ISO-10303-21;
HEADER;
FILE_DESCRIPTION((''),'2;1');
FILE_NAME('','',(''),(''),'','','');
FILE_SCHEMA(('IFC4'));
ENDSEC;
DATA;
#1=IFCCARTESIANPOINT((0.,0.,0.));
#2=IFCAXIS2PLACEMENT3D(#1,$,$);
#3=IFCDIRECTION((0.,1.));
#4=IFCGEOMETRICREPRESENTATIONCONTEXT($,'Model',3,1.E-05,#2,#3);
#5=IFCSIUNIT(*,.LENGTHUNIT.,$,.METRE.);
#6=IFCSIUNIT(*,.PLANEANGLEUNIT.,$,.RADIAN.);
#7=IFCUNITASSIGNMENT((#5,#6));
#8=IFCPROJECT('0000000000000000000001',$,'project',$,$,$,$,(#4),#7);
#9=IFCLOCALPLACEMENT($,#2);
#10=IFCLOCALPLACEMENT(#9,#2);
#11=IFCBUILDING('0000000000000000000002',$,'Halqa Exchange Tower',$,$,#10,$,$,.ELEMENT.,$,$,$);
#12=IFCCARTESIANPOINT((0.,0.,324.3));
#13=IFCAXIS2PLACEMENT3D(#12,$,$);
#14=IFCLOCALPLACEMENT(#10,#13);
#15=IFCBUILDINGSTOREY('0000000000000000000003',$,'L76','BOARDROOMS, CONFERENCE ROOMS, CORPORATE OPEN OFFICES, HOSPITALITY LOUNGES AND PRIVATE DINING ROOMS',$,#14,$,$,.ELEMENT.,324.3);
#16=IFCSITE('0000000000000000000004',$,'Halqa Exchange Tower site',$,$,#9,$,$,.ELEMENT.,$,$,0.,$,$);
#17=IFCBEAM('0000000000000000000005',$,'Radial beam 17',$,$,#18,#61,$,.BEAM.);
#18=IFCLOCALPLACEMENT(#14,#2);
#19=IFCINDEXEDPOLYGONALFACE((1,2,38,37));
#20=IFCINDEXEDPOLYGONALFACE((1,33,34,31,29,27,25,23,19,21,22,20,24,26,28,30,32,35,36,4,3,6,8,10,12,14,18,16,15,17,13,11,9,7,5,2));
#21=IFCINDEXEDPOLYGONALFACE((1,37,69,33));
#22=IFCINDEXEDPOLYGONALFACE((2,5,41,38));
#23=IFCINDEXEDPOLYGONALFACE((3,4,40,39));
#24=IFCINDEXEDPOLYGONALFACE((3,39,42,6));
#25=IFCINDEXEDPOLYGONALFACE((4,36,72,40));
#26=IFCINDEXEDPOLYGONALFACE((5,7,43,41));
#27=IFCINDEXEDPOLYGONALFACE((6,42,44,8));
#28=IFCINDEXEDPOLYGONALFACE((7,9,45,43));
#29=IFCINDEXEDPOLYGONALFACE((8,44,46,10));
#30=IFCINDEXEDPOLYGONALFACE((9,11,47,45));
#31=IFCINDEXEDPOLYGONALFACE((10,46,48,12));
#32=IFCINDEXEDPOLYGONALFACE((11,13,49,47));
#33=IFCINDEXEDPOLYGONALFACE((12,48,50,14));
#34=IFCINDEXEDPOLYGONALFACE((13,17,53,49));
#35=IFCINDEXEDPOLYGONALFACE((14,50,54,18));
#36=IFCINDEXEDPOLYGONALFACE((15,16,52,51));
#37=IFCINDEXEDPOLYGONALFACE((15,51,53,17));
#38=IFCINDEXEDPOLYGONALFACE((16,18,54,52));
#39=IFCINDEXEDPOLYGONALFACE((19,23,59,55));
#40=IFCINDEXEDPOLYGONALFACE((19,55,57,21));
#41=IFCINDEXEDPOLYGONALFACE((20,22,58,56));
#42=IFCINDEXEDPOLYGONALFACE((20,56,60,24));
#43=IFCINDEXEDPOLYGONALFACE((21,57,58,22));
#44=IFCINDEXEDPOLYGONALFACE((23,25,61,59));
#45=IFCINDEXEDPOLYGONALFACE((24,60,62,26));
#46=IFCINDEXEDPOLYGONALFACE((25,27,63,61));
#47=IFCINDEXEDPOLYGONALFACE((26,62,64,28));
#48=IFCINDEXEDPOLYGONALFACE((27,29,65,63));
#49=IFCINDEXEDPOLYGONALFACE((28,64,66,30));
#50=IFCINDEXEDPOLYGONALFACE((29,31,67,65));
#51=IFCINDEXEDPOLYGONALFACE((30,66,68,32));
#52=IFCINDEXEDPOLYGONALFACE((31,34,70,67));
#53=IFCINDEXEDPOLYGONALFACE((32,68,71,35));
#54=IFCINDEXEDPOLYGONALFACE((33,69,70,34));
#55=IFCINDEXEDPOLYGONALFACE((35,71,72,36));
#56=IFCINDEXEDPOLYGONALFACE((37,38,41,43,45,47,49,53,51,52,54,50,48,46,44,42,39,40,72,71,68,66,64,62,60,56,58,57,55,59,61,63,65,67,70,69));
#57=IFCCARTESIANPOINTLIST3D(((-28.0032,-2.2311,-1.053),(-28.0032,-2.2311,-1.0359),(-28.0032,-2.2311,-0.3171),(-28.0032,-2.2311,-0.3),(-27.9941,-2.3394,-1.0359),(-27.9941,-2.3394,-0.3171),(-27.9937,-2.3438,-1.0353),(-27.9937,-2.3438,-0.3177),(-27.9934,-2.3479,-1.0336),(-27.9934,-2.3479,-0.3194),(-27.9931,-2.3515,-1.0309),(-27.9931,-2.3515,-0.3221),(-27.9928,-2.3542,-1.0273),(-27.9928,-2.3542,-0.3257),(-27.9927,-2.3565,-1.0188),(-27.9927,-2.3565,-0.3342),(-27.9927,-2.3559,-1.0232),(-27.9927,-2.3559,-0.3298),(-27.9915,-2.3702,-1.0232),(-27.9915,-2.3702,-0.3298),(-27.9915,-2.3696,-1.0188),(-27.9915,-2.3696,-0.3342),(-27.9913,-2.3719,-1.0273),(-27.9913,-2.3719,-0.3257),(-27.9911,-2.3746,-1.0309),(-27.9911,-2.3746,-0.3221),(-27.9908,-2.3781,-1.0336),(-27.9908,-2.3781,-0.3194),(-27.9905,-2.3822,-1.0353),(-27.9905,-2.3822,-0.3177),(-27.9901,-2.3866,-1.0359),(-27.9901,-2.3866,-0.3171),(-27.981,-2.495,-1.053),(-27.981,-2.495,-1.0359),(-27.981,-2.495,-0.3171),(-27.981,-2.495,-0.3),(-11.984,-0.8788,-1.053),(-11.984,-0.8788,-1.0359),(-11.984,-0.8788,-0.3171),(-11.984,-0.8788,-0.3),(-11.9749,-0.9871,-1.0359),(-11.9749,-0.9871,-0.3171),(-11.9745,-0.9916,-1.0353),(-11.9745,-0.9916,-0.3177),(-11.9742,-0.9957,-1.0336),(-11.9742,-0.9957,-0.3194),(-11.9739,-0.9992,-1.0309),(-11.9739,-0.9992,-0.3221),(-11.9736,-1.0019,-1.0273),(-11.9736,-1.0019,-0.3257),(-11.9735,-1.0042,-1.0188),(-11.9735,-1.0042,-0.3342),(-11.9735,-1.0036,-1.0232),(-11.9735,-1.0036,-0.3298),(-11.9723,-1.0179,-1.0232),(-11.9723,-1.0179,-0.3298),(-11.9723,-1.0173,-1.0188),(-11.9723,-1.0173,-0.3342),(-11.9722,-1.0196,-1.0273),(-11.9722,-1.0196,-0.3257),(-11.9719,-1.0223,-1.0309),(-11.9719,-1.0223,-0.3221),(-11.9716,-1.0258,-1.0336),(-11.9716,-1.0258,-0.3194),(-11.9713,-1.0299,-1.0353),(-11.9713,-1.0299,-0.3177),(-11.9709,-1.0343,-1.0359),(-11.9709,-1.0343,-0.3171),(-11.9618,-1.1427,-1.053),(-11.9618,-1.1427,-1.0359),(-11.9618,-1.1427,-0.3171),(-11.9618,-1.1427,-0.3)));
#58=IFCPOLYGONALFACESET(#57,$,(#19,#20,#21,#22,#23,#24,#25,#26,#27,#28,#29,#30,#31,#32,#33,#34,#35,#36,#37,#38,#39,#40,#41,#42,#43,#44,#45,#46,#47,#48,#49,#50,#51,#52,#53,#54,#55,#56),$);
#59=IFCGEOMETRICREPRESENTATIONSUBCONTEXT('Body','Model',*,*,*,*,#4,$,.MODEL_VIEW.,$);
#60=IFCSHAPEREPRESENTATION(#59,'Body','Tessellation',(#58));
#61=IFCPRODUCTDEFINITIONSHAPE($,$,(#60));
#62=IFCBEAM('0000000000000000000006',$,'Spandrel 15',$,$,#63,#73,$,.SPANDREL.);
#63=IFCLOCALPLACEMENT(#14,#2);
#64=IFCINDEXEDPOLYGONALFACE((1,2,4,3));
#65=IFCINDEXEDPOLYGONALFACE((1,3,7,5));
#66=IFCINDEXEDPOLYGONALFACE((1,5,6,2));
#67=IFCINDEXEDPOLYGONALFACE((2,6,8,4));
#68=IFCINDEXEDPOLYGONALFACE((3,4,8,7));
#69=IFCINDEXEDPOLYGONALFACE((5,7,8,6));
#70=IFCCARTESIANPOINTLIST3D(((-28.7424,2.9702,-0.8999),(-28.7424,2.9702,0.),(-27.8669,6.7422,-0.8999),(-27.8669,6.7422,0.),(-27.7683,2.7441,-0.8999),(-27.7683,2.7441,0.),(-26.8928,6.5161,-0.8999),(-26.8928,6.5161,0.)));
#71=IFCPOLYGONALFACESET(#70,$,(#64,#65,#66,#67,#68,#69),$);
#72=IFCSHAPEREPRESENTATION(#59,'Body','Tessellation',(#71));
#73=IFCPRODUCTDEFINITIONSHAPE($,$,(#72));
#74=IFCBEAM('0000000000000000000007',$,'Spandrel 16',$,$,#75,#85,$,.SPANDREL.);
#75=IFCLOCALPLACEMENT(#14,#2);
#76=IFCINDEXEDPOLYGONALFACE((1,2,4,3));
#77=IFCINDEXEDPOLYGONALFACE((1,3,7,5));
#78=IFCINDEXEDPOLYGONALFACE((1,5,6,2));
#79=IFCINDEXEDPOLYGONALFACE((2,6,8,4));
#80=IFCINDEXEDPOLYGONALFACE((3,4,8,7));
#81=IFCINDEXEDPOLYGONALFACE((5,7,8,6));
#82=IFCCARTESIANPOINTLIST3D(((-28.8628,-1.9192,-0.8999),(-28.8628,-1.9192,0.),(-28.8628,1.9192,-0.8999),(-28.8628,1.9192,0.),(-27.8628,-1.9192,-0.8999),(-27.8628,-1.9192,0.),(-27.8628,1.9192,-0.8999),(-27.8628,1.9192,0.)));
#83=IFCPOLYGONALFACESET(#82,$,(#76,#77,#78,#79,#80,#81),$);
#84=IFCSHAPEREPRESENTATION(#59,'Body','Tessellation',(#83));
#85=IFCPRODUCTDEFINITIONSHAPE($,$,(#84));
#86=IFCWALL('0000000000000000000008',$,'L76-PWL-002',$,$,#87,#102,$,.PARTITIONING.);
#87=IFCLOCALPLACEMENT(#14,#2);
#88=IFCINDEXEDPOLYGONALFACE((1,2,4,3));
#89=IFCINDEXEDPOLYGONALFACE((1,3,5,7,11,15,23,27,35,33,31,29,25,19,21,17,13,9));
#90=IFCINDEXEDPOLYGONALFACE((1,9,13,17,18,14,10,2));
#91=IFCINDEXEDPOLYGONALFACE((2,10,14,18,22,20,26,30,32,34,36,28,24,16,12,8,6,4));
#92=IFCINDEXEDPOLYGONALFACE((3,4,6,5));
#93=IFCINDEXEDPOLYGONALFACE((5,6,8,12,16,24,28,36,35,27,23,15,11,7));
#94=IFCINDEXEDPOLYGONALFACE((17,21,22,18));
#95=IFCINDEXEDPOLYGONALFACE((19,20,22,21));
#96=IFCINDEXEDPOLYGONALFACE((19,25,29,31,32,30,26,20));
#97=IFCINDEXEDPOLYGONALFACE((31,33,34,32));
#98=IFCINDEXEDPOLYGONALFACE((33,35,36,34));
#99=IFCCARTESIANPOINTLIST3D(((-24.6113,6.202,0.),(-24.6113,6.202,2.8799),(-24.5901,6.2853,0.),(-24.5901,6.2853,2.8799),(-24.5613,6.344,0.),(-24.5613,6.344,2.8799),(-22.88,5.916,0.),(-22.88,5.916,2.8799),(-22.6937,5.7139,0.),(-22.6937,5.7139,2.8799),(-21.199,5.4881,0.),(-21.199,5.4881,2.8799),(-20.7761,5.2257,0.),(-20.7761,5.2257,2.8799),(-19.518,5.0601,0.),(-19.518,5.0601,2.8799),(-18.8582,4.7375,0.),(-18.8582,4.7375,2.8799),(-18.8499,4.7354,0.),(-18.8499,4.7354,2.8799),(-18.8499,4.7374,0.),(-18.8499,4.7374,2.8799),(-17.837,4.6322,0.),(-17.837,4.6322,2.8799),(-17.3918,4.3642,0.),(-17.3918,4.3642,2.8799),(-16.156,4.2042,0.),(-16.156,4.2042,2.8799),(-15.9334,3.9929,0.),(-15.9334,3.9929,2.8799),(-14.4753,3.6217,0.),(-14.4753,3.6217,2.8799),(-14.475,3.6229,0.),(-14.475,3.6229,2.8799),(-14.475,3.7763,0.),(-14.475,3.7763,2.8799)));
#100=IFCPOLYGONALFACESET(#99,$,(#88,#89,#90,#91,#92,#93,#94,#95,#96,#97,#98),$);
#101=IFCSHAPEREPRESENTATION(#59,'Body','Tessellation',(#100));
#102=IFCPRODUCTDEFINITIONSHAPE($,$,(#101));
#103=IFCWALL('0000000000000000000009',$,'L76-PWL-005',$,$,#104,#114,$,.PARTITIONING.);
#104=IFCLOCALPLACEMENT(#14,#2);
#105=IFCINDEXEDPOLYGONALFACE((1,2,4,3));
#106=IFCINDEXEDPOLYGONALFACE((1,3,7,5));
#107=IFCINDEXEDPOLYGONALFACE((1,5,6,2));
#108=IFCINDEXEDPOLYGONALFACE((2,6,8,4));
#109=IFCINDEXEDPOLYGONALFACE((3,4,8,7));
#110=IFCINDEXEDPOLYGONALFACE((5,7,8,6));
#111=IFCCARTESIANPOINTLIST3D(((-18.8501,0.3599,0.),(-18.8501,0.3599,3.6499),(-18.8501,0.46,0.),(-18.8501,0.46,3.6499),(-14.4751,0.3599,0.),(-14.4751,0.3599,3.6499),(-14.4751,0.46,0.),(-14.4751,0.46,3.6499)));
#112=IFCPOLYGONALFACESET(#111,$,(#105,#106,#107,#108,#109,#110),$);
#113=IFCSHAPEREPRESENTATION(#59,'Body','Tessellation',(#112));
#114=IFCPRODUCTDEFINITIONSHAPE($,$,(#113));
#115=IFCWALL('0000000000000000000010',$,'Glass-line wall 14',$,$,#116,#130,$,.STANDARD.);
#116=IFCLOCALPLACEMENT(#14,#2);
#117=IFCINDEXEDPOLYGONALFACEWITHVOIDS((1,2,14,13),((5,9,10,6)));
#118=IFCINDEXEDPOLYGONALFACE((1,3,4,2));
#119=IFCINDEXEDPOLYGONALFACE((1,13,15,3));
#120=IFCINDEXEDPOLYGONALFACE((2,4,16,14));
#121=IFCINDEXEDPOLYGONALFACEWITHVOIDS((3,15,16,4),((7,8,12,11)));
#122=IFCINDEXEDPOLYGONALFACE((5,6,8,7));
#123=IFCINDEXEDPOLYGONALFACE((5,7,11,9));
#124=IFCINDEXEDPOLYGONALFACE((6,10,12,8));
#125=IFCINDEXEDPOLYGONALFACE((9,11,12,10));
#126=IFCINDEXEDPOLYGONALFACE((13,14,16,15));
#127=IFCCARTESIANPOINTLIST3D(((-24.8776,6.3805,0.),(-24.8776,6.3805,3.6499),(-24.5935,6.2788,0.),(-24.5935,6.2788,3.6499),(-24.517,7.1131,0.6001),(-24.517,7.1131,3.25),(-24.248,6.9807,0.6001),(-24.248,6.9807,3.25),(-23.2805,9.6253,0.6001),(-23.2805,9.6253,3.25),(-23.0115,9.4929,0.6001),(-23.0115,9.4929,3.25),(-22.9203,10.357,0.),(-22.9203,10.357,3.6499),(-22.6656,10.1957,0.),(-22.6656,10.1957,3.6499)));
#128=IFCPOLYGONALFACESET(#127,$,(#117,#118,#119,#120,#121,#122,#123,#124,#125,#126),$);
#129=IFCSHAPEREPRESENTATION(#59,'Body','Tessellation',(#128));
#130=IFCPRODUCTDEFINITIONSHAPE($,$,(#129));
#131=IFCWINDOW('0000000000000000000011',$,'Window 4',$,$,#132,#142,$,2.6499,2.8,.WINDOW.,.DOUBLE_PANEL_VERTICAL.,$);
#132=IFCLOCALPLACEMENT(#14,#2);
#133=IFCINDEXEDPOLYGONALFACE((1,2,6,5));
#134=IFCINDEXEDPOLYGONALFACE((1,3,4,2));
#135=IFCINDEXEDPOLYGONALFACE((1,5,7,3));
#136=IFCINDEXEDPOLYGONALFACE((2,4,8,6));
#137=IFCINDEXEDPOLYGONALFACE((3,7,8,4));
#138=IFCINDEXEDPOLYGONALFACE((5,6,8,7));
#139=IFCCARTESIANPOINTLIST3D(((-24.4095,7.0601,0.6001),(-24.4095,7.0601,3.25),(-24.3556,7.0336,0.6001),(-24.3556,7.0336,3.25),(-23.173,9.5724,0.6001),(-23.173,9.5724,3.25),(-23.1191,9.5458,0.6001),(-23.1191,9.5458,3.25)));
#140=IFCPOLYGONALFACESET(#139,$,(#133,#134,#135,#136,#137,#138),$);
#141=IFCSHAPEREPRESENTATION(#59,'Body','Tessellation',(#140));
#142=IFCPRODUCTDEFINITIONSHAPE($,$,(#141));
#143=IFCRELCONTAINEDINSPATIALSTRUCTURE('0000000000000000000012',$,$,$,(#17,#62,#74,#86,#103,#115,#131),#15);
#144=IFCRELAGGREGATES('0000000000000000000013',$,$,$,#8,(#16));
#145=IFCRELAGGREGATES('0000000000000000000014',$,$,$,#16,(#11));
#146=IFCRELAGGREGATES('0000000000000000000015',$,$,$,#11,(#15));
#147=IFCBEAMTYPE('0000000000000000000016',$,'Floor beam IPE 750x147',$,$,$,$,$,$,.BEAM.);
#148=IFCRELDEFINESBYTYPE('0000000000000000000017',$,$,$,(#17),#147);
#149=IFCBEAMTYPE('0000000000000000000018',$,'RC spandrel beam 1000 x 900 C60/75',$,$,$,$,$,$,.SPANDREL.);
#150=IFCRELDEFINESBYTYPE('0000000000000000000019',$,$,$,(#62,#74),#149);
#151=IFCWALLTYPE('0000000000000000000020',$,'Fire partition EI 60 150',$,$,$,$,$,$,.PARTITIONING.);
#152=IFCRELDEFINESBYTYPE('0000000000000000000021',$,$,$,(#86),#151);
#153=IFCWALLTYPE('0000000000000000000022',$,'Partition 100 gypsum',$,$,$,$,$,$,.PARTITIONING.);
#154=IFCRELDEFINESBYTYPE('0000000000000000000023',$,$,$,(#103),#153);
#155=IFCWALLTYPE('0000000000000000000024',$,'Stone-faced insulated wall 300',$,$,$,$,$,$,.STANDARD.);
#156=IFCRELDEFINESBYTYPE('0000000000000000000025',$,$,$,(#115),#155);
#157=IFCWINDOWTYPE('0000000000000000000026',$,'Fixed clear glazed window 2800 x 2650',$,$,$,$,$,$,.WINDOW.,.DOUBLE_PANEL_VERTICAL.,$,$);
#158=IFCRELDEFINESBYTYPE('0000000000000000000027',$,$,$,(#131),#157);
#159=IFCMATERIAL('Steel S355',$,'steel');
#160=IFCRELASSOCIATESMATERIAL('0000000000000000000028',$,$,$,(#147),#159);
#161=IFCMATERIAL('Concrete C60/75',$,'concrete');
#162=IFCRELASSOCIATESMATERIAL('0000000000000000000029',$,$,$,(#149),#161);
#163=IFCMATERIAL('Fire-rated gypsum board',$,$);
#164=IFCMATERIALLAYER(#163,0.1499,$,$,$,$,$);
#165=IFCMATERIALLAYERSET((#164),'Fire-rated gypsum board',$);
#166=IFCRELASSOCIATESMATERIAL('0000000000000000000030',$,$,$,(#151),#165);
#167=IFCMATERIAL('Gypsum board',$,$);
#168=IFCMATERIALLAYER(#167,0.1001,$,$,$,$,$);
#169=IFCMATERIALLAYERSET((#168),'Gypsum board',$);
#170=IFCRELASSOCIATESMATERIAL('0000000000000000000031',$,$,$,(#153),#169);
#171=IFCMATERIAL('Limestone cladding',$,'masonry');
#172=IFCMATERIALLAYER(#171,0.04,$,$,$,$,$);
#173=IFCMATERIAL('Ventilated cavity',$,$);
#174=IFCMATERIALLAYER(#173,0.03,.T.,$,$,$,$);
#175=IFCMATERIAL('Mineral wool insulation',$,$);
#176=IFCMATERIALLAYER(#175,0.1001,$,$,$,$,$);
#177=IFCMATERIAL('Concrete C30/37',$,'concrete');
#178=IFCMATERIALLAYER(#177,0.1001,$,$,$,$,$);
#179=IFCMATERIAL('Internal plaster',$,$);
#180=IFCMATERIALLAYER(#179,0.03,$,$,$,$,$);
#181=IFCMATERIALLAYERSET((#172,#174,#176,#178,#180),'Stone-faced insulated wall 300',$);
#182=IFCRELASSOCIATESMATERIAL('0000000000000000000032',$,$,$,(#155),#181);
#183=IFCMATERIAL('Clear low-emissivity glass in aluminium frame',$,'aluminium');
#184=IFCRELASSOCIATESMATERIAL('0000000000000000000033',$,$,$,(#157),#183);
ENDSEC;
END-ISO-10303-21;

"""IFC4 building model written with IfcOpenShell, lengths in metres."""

from ifc_helpers import new_model, si_unit, direction, frame, frame_2d, origin, origin_2d, place, context, subcontext, project, spatial, polyline, rectangle, i_section, outline, extrude, material, layer, layer_set, material_profile, profile_set, type_object, element, fill, save


model = new_model("IFC4")

# Units and contexts
model_context = context("Model", 3, precision=1e-05, world=origin(), true_north=direction((0.0, 1.0)))
body_context = subcontext(model_context, "Body", "Model", "MODEL_VIEW")
ifc_project = project(units=[si_unit("LENGTHUNIT", "METRE"), si_unit("PLANEANGLEUNIT", "RADIAN")], contexts=[model_context])

# Site, building, storey
site_placement = place(None, origin())
site = spatial("IfcSite", under=ifc_project, at=site_placement, Name="Halqa Exchange Tower site", CompositionType="ELEMENT", RefElevation=0.0)
building_placement = place(site_placement, origin())
building = spatial("IfcBuilding", under=site, at=building_placement, Name="Halqa Exchange Tower", CompositionType="ELEMENT")
storey_placement = place(building_placement, frame((0.0, 0.0, 324.3)))
storey = spatial("IfcBuildingStorey", under=building, at=storey_placement, Name="L76", Description="BOARDROOMS, CONFERENCE ROOMS, CORPORATE OPEN OFFICES, HOSPITALITY LOUNGES AND PRIVATE DINING ROOMS", CompositionType="ELEMENT", Elevation=324.3)

# Beams
ifc_material_1 = material(Name="Steel S355", Category="steel")
ifc_material_profile_1 = material_profile(ifc_material_1, i_section(OverallWidth=0.2649, OverallDepth=0.7529, WebThickness=0.0132, FlangeThickness=0.0171, FilletRadius=0.0171, at=origin_2d()), Name="IPE 750x147")
ifc_profile_set_1 = profile_set([ifc_material_profile_1], Name="Steel S355")
beam_type_1 = type_object("IfcBeamType", Name="Floor beam IPE 750x147", PredefinedType="BEAM", material=ifc_profile_set_1)
for number, where, z_axis, x_axis, name in (
    (1, (-11.9729, -1.0107, -0.6765), (-0.996456, -0.084117, 0.0), (0.084117, -0.996456, 0.0), "Radial beam 17"),
):
    element("IfcBeam", number, at=place(storey_placement, frame(where, z_axis=z_axis, x_axis=x_axis)), inside=storey, type_object=beam_type_1, Name=name, PredefinedType="BEAM", context=body_context, shape_type="SweptSolid", body=[
        extrude(i_section(OverallWidth=0.2649, OverallDepth=0.7529, WebThickness=0.0132, FlangeThickness=0.0171, FilletRadius=0.0171, at=origin_2d()), origin(), (0.0, 0.0, 1.0), 16.0762),
    ])
ifc_material_2 = material(Name="Concrete C60/75", Category="concrete")
ifc_material_profile_2 = material_profile(ifc_material_2, rectangle(XDim=1.0, YDim=0.8999, at=origin_2d()), Name="1000 x 900")
ifc_profile_set_2 = profile_set([ifc_material_profile_2], Name="Concrete C60/75")
beam_type_2 = type_object("IfcBeamType", Name="RC spandrel beam 1000 x 900 C60/75", PredefinedType="SPANDREL", material=ifc_profile_set_2)
beam_1_placement = place(storey_placement, frame((-27.3799, 6.6292, -0.45), z_axis=(-0.226093, -0.974106, 0.0), x_axis=(0.974106, -0.226093, 0.0)))
element("IfcBeam", 2, at=beam_1_placement, inside=storey, type_object=beam_type_2, Name="Spandrel 15", PredefinedType="SPANDREL", context=body_context, shape_type="SweptSolid", body=[
    extrude(rectangle(XDim=1.0, YDim=0.8999, at=origin_2d()), origin(), (0.0, 0.0, 1.0), 3.8723),
])
beam_2_placement = place(storey_placement, frame((-28.3628, 1.9192, -0.45), z_axis=(0.0, -1.0, 0.0), x_axis=(1.0, 0.0, 0.0)))
element("IfcBeam", 3, at=beam_2_placement, inside=storey, type_object=beam_type_2, Name="Spandrel 16", PredefinedType="SPANDREL", context=body_context, shape_type="SweptSolid", body=[
    extrude(rectangle(XDim=1.0, YDim=0.8999, at=origin_2d()), origin(), (0.0, 0.0, 1.0), 3.8384),
])

# Walls
ifc_material_3 = material(Name="Fire-rated gypsum board")
ifc_layer_1 = layer(ifc_material_3, 0.1499)
ifc_layer_set_1 = layer_set([ifc_layer_1], Name="Fire-rated gypsum board")
wall_type_1 = type_object("IfcWallType", Name="Fire partition EI 60 150", PredefinedType="PARTITIONING", material=ifc_layer_set_1)
wall_1_placement = place(storey_placement, frame((-24.5928, 6.2747, 0.0), z_axis=(0.0, 0.0, 1.0), x_axis=(0.969091, -0.246702, 0.0)))
element("IfcWall", 4, at=wall_1_placement, inside=storey, type_object=wall_type_1, Name="L76-PWL-002", PredefinedType="PARTITIONING", context=body_context, shape_type="SweptSolid", body=[
    extrude(outline(polyline([(0.0, -0.075), (1.9788, -0.075), (3.9575, -0.075), (5.9365, -0.075), (5.9446, -0.073), (5.9451, -0.075), (7.4497, -0.075), (8.9546, -0.075), (10.4592, -0.075), (10.4592, -0.0737), (10.4214, 0.075), (8.6868, 0.075), (6.9521, 0.075), (5.2175, 0.075), (3.4829, 0.075), (1.7483, 0.075), (0.0134, 0.075), (0.0, 0.011), (0.0, -0.075)])), origin(), (0.0, 0.0, 1.0), 2.8799),
])
ifc_material_4 = material(Name="Gypsum board")
ifc_layer_2 = layer(ifc_material_4, 0.1001)
ifc_layer_set_2 = layer_set([ifc_layer_2], Name="Gypsum board")
wall_type_2 = type_object("IfcWallType", Name="Partition 100 gypsum", PredefinedType="PARTITIONING", material=ifc_layer_set_2)
wall_2_placement = place(storey_placement, frame((-18.8501, 0.4099, 0.0), z_axis=(0.0, 0.0, 1.0), x_axis=(1.0, 0.0, 0.0)))
element("IfcWall", 5, at=wall_2_placement, inside=storey, type_object=wall_type_2, Name="L76-PWL-005", PredefinedType="PARTITIONING", context=body_context, shape_type="SweptSolid", body=[
    extrude(rectangle(XDim=4.375, YDim=0.1001, at=frame_2d((2.1875, 0.0))), origin(), (0.0, 0.0, 1.0), 3.6499),
])

# Wall, opening, window
ifc_material_5 = material(Name="Limestone cladding", Category="masonry")
ifc_layer_3 = layer(ifc_material_5, 0.04)
ifc_material_6 = material(Name="Ventilated cavity")
ifc_layer_4 = layer(ifc_material_6, 0.03, ventilated=True)
ifc_material_7 = material(Name="Mineral wool insulation")
ifc_layer_5 = layer(ifc_material_7, 0.1001)
ifc_material_8 = material(Name="Concrete C30/37", Category="concrete")
ifc_layer_6 = layer(ifc_material_8, 0.1001)
ifc_material_9 = material(Name="Internal plaster")
ifc_layer_7 = layer(ifc_material_9, 0.03)
ifc_layer_set_3 = layer_set([ifc_layer_3, ifc_layer_4, ifc_layer_5, ifc_layer_6, ifc_layer_7], Name="Stone-faced insulated wall 300")
wall_type_3 = type_object("IfcWallType", Name="Stone-faced insulated wall 300", PredefinedType="STANDARD", material=ifc_layer_set_3)
wall_3_placement = place(storey_placement, frame((-22.793, 10.2764, 0.0), z_axis=(0.0, 0.0, 1.0), x_axis=(-0.44161, -0.897207, 0.0)))
wall_3 = element("IfcWall", 6, at=wall_3_placement, inside=storey, type_object=wall_type_3, Name="Glass-line wall 14", PredefinedType="STANDARD", context=body_context, shape_type="SweptSolid", body=[
    extrude(outline(polyline([(-0.0161, -0.1499), (4.416, -0.1499), (4.3818, 0.1499), (0.0161, 0.1499), (-0.0161, -0.1499)])), origin(), (0.0, 0.0, 1.0), 3.6499),
])
opening_1_placement = place(wall_3_placement, frame((0.7996, 0.0, 0.6001)))
opening_1 = element("IfcOpeningElement", 7, at=opening_1_placement, cuts=wall_3, PredefinedType="OPENING", context=body_context, shape_type="SweptSolid", body=[
    extrude(rectangle(XDim=2.8, YDim=2.6499, at=frame_2d((1.3999, 1.325))), frame((0.0, 0.1621, 0.0), z_axis=(0.0, -1.0, 0.0), x_axis=(1.0, 0.0, 0.0)), (0.0, 0.0, 1.0), 0.324),
])
ifc_material_10 = material(Name="Clear low-emissivity glass in aluminium frame", Category="aluminium")
window_type = type_object("IfcWindowType", Name="Fixed clear glazed window 2800 x 2650", PartitioningType="DOUBLE_PANEL_VERTICAL", PredefinedType="WINDOW", material=ifc_material_10)
window_1_placement = place(opening_1_placement, origin())
window_1 = element("IfcWindow", 8, at=window_1_placement, inside=storey, type_object=window_type, Name="Window 4", OverallHeight=2.6499, OverallWidth=2.8, PartitioningType="DOUBLE_PANEL_VERTICAL", PredefinedType="WINDOW", context=body_context, shape_type="SweptSolid", body=[
    extrude(rectangle(XDim=2.8, YDim=2.6499, at=frame_2d((1.3999, 1.325))), frame((0.0, 0.03, 0.0), z_axis=(0.0, -1.0, 0.0), x_axis=(1.0, 0.0, 0.0)), (0.0, 0.0, 1.0), 0.0601),
])
fill(opening_1, window_1)

save(model, "model.ifc")
